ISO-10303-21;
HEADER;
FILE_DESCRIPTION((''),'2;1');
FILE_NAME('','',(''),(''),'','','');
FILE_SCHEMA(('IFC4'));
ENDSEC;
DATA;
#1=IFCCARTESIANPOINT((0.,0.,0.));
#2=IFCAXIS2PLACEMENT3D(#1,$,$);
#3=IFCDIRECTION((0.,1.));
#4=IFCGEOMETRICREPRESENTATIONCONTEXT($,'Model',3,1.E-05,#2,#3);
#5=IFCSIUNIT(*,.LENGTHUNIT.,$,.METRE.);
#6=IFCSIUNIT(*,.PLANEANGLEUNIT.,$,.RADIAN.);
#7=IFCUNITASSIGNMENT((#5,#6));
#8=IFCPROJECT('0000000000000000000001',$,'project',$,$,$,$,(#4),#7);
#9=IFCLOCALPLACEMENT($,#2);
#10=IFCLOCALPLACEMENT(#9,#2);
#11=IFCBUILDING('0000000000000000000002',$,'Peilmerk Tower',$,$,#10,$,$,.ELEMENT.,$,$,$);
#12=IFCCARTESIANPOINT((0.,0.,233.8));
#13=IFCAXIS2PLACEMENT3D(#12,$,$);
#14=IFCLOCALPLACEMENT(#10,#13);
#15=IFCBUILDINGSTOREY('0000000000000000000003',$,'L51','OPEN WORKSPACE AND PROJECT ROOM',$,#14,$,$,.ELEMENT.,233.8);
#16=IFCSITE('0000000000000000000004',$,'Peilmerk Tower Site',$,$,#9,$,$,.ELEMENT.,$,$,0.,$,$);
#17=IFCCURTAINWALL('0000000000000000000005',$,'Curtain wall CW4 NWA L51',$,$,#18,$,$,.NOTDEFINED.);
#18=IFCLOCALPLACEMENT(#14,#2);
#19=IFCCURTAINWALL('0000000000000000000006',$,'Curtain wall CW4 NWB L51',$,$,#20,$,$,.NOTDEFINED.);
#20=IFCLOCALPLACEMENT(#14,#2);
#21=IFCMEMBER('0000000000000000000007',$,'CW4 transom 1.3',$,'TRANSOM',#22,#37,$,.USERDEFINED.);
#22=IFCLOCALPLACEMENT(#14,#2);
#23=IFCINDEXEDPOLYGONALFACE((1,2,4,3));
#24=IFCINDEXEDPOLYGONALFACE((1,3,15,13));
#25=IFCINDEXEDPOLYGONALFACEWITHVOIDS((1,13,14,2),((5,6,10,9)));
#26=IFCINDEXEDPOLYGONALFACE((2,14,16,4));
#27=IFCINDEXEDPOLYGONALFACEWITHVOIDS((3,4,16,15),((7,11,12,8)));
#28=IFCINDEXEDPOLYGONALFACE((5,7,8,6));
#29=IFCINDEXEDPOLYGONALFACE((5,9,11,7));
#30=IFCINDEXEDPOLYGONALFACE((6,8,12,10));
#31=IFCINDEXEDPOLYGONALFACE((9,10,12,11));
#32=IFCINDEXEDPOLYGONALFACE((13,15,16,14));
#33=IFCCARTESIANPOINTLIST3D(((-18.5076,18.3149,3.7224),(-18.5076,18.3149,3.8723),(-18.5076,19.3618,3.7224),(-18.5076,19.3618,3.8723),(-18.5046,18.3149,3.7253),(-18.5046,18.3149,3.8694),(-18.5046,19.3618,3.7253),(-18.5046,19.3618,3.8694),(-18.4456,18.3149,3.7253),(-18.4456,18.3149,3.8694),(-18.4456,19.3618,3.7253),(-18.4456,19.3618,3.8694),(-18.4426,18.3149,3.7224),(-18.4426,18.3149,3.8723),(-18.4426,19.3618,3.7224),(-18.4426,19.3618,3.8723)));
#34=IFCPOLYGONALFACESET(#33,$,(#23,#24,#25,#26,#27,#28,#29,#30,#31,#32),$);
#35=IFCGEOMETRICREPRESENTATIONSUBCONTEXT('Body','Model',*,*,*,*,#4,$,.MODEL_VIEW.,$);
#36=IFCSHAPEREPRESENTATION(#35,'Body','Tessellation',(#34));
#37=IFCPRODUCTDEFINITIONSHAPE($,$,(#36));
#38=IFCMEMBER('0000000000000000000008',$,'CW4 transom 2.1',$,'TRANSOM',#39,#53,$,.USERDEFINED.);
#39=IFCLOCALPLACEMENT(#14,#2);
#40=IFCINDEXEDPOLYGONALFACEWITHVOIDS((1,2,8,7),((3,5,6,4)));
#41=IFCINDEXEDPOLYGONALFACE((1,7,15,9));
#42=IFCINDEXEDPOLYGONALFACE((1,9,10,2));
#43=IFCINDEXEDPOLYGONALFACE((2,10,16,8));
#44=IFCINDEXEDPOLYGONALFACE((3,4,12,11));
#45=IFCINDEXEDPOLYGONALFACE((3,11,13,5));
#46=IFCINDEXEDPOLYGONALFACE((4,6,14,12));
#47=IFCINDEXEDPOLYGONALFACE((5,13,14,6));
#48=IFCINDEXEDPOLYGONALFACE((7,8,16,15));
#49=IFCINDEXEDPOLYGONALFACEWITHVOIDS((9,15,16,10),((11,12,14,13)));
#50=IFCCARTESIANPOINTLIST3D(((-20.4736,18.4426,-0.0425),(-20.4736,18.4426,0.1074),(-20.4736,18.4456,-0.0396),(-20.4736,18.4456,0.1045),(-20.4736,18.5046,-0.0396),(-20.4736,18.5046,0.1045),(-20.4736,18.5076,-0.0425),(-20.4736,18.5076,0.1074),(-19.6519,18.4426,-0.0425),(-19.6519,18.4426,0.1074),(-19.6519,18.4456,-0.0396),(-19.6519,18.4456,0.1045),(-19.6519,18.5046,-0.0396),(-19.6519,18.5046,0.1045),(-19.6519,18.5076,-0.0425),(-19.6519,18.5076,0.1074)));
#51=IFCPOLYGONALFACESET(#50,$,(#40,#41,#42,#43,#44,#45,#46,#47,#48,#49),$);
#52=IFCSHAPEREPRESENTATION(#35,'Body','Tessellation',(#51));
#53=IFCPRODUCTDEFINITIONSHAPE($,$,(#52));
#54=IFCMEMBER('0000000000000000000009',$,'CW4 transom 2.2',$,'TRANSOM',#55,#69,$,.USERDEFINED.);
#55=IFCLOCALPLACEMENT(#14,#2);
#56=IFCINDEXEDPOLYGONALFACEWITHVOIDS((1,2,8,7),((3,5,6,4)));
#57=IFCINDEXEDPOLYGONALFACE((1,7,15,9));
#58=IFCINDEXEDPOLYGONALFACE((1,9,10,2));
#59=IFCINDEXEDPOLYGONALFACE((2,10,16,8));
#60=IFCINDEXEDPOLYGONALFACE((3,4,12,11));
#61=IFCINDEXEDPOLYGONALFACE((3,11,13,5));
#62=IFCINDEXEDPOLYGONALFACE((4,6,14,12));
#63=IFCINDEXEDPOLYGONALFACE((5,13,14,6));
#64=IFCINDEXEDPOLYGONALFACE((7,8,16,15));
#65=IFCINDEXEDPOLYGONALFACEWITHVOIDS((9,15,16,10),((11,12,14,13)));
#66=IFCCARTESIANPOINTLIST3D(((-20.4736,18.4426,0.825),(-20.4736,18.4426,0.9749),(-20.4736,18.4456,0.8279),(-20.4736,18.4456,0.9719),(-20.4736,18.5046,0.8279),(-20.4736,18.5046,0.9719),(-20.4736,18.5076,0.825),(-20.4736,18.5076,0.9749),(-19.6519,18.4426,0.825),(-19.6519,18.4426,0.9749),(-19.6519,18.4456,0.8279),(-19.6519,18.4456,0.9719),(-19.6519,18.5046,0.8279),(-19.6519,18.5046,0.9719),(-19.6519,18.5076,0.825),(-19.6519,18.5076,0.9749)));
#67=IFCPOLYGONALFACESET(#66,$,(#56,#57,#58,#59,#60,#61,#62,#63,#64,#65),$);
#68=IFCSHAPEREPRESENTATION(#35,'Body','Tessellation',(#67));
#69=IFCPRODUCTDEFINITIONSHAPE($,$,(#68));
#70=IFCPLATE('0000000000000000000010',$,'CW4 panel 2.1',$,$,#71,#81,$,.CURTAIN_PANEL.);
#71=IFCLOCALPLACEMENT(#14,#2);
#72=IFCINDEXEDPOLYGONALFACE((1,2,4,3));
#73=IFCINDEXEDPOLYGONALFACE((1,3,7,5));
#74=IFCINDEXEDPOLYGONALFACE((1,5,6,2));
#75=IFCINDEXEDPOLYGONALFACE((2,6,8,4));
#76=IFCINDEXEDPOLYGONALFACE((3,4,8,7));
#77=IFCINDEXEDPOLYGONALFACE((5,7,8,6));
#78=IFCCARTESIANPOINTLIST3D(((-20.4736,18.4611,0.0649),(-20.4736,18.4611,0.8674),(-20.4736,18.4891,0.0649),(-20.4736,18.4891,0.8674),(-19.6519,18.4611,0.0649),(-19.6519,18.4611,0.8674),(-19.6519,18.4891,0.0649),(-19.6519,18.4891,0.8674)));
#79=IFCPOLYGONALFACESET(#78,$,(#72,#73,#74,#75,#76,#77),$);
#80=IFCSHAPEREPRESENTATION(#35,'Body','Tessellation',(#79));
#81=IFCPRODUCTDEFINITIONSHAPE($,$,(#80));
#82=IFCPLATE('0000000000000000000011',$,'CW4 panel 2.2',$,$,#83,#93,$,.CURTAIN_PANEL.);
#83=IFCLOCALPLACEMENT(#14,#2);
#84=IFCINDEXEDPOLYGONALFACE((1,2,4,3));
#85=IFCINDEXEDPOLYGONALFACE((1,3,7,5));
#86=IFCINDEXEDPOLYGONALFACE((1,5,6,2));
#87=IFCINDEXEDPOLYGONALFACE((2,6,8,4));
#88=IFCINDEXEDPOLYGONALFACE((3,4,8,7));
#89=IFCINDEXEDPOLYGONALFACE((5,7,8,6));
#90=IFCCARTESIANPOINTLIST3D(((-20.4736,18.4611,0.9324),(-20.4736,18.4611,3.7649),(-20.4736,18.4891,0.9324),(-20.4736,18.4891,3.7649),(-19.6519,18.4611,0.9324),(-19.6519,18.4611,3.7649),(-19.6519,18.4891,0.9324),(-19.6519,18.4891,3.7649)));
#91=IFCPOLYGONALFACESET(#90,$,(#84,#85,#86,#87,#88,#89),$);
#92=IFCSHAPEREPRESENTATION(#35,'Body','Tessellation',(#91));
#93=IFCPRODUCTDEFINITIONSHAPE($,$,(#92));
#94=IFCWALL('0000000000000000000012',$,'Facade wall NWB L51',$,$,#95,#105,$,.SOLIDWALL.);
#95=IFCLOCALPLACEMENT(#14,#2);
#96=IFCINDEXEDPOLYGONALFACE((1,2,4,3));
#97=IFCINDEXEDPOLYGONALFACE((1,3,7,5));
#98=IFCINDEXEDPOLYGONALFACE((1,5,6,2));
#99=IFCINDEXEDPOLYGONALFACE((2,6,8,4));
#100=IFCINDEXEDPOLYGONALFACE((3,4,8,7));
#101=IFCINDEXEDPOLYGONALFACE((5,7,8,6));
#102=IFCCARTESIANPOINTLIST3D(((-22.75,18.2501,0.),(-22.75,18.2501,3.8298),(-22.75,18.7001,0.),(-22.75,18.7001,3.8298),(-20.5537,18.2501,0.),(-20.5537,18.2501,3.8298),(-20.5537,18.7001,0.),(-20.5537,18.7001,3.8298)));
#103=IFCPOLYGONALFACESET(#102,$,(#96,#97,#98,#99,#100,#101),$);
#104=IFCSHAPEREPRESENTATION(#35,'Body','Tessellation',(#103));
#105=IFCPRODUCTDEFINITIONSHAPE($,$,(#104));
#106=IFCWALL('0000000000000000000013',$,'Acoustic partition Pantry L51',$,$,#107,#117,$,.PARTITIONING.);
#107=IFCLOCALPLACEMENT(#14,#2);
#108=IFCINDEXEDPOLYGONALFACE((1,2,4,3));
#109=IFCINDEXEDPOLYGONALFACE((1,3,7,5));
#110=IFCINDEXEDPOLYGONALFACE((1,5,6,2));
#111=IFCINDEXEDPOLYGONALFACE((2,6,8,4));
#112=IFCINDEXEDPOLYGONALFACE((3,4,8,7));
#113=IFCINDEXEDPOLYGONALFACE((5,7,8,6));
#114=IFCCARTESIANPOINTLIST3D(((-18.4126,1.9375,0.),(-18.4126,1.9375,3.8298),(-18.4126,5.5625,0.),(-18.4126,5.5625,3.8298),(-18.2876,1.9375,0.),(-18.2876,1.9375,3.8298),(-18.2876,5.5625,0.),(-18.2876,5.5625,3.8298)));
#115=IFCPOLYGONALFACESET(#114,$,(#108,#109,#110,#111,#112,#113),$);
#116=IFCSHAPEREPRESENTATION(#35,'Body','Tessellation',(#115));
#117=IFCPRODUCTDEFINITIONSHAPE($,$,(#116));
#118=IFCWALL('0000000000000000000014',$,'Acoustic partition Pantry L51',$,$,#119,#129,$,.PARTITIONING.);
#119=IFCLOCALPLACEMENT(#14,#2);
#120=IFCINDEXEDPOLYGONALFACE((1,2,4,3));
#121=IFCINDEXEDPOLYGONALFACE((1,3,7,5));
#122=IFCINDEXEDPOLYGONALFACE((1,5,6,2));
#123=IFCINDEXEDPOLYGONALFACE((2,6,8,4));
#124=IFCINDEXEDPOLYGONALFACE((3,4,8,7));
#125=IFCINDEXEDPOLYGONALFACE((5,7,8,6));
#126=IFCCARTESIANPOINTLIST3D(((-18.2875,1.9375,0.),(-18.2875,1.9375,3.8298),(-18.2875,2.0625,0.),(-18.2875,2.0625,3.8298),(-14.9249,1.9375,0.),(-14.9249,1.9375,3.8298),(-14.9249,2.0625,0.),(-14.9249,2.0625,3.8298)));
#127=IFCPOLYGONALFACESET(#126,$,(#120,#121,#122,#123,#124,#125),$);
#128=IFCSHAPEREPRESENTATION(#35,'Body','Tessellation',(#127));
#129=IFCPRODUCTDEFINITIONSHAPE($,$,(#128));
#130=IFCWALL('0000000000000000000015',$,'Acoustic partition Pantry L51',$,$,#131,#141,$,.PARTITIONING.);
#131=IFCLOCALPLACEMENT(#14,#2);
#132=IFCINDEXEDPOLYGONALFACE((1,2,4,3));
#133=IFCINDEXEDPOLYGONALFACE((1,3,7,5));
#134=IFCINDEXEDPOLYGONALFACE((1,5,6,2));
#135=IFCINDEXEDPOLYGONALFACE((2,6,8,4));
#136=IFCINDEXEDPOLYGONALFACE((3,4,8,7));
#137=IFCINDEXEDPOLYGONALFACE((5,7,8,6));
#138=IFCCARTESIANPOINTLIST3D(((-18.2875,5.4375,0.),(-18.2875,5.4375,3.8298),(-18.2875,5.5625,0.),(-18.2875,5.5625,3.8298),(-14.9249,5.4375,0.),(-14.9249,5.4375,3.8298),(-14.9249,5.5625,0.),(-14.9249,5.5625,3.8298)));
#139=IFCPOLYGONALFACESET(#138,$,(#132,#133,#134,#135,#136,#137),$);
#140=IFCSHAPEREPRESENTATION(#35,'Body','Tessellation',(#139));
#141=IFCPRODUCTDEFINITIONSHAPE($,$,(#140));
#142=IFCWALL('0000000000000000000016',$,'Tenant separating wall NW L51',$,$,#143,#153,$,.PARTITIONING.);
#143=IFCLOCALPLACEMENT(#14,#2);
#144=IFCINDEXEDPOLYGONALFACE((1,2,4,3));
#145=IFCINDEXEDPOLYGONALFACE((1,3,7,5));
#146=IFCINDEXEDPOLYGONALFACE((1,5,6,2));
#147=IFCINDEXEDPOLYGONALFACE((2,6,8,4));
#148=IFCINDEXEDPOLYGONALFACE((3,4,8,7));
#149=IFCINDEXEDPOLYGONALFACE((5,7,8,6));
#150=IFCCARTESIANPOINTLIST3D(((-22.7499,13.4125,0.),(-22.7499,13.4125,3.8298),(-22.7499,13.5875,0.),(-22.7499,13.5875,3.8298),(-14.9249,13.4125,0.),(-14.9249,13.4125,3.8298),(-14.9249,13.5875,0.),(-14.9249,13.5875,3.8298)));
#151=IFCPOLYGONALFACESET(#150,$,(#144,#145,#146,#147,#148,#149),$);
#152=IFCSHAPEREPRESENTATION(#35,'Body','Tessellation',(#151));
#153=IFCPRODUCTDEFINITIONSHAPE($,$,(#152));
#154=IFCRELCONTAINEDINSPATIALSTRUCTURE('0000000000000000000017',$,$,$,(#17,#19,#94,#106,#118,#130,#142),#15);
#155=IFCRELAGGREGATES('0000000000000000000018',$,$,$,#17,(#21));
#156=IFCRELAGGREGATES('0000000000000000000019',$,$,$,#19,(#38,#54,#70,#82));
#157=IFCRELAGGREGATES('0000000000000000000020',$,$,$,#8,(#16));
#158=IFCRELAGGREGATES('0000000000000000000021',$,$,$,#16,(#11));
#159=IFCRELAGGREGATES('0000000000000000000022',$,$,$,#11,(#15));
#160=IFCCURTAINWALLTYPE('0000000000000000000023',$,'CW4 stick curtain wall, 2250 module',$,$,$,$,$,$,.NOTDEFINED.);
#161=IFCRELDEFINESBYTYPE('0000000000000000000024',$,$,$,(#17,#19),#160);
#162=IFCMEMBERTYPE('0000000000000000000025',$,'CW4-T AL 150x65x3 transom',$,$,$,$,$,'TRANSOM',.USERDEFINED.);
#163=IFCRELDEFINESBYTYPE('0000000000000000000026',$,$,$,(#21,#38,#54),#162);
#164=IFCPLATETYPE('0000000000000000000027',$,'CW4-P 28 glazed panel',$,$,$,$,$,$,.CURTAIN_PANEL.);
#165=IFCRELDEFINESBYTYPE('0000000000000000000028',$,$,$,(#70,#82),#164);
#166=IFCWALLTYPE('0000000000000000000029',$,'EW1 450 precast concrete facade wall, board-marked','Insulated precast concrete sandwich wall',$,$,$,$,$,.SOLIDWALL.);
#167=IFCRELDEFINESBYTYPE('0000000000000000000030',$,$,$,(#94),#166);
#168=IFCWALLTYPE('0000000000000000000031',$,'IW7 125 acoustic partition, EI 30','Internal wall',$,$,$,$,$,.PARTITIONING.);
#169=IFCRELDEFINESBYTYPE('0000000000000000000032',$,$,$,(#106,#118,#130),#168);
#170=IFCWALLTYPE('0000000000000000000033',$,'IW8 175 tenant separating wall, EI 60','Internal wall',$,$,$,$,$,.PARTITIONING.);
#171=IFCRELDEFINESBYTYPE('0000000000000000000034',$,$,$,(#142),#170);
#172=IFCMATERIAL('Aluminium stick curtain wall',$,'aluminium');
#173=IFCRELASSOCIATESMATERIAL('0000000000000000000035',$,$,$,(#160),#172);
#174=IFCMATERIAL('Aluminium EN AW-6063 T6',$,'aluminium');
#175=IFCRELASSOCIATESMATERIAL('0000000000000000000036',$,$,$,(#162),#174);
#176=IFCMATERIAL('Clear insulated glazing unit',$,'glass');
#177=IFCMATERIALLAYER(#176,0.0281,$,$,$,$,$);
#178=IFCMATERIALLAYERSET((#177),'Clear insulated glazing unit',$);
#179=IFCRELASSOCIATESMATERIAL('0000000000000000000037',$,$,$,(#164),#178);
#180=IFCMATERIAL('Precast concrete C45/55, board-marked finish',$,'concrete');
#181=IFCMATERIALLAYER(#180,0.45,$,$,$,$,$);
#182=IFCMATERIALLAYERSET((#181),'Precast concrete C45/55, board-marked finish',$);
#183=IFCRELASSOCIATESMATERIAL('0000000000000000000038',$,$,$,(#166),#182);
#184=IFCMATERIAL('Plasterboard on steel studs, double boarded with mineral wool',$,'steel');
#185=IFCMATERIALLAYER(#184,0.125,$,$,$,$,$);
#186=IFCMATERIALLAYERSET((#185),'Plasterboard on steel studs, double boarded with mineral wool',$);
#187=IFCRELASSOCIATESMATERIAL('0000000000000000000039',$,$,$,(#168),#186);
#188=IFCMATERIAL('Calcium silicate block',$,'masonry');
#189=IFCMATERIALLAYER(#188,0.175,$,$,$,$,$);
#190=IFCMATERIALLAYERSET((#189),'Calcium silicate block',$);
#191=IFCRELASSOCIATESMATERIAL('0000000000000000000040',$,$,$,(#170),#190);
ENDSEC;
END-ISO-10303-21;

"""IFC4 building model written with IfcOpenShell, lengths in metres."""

from ifc_helpers import new_model, si_unit, direction, frame, frame_2d, origin, origin_2d, place, context, subcontext, project, spatial, rectangle, hollow_rectangle, extrude, material, layer, layer_set, material_profile, profile_set, type_object, element, aggregate, save


model = new_model("IFC4")

# Units and contexts
model_context = context("Model", 3, precision=1e-05, world=origin(), true_north=direction((0.0, 1.0)))
body_context = subcontext(model_context, "Body", "Model", "MODEL_VIEW")
ifc_project = project(units=[si_unit("LENGTHUNIT", "METRE"), si_unit("PLANEANGLEUNIT", "RADIAN")], contexts=[model_context])

# Site, building, storey
site_placement = place(None, origin())
site = spatial("IfcSite", under=ifc_project, at=site_placement, Name="Peilmerk Tower Site", CompositionType="ELEMENT", RefElevation=0.0)
building_placement = place(site_placement, origin())
building = spatial("IfcBuilding", under=site, at=building_placement, Name="Peilmerk Tower", CompositionType="ELEMENT")
storey_placement = place(building_placement, frame((0.0, 0.0, 233.8)))
storey = spatial("IfcBuildingStorey", under=building, at=storey_placement, Name="L51", Description="OPEN WORKSPACE AND PROJECT ROOM", CompositionType="ELEMENT", Elevation=233.8)

# Curtain walls
ifc_material_1 = material(Name="Aluminium stick curtain wall", Category="aluminium")
curtain_wall_type = type_object("IfcCurtainWallType", Name="CW4 stick curtain wall, 2250 module", PredefinedType="NOTDEFINED", material=ifc_material_1)
curtain_wall_1_placement = place(storey_placement, origin())
curtain_wall_1 = element("IfcCurtainWall", 1, at=curtain_wall_1_placement, inside=storey, type_object=curtain_wall_type, Name="Curtain wall CW4 NWA L51", PredefinedType="NOTDEFINED")
ifc_material_2 = material(Name="Aluminium EN AW-6063 T6", Category="aluminium")
curtain_wall_2_placement = place(storey_placement, origin())
curtain_wall_2 = element("IfcCurtainWall", 2, at=curtain_wall_2_placement, inside=storey, type_object=curtain_wall_type, Name="Curtain wall CW4 NWB L51", PredefinedType="NOTDEFINED")

# Members
ifc_material_profile_1 = material_profile(ifc_material_2, hollow_rectangle(XDim=0.0649, YDim=0.1499, WallThickness=0.0029, at=origin_2d()), Name="AL 150x65x3")
ifc_profile_set_1 = profile_set([ifc_material_profile_1], Name="Aluminium EN AW-6063 T6")
member_type_1 = type_object("IfcMemberType", Name="CW4-T AL 150x65x3 transom", ElementType="TRANSOM", PredefinedType="USERDEFINED", material=ifc_profile_set_1)
member_1_placement = place(storey_placement, frame((-18.4751, 18.3149, 3.7974), z_axis=(0.0, 1.0, 0.0), x_axis=(-1.0, 0.0, 0.0)))
member_1 = element("IfcMember", 3, at=member_1_placement, type_object=member_type_1, Name="CW4 transom 1.3", ObjectType="TRANSOM", PredefinedType="USERDEFINED", context=body_context, shape_type="SweptSolid", body=[
    extrude(hollow_rectangle(XDim=0.0649, YDim=0.1499, WallThickness=0.0029, at=origin_2d()), origin(), (0.0, 0.0, 1.0), 1.0469),
])
aggregate(curtain_wall_1, [member_1])
member_2_placement = place(storey_placement, frame((-19.6519, 18.4751, 0.0325), z_axis=(-1.0, 0.0, 0.0), x_axis=(0.0, -1.0, 0.0)))
member_2 = element("IfcMember", 4, at=member_2_placement, type_object=member_type_1, Name="CW4 transom 2.1", ObjectType="TRANSOM", PredefinedType="USERDEFINED", context=body_context, shape_type="SweptSolid", body=[
    extrude(hollow_rectangle(XDim=0.0649, YDim=0.1499, WallThickness=0.0029, at=origin_2d()), origin(), (0.0, 0.0, 1.0), 0.8218),
])
member_3_placement = place(storey_placement, frame((-19.6519, 18.4751, 0.8999), z_axis=(-1.0, 0.0, 0.0), x_axis=(0.0, -1.0, 0.0)))
member_3 = element("IfcMember", 5, at=member_3_placement, type_object=member_type_1, Name="CW4 transom 2.2", ObjectType="TRANSOM", PredefinedType="USERDEFINED", context=body_context, shape_type="SweptSolid", body=[
    extrude(hollow_rectangle(XDim=0.0649, YDim=0.1499, WallThickness=0.0029, at=origin_2d()), origin(), (0.0, 0.0, 1.0), 0.8218),
])

# Plates
ifc_material_3 = material(Name="Clear insulated glazing unit", Category="glass")
ifc_layer_1 = layer(ifc_material_3, 0.0281)
ifc_layer_set_1 = layer_set([ifc_layer_1], Name="Clear insulated glazing unit")
plate_type = type_object("IfcPlateType", Name="CW4-P 28 glazed panel", PredefinedType="CURTAIN_PANEL", material=ifc_layer_set_1)
plate_1_placement = place(storey_placement, frame((-20.0627, 18.4751, 0.0649), z_axis=(0.0, 0.0, 1.0), x_axis=(-1.0, 0.0, 0.0)))
plate_1 = element("IfcPlate", 6, at=plate_1_placement, type_object=plate_type, Name="CW4 panel 2.1", PredefinedType="CURTAIN_PANEL", context=body_context, shape_type="SweptSolid", body=[
    extrude(rectangle(XDim=0.8218, YDim=0.0281, at=origin_2d()), origin(), (0.0, 0.0, 1.0), 0.8025),
])
plate_2_placement = place(storey_placement, frame((-20.0627, 18.4751, 0.9324), z_axis=(0.0, 0.0, 1.0), x_axis=(-1.0, 0.0, 0.0)))
plate_2 = element("IfcPlate", 7, at=plate_2_placement, type_object=plate_type, Name="CW4 panel 2.2", PredefinedType="CURTAIN_PANEL", context=body_context, shape_type="SweptSolid", body=[
    extrude(rectangle(XDim=0.8218, YDim=0.0281, at=origin_2d()), origin(), (0.0, 0.0, 1.0), 2.8325),
])
aggregate(curtain_wall_2, [member_2, member_3, plate_1, plate_2])

# Walls
ifc_material_4 = material(Name="Precast concrete C45/55, board-marked finish", Category="concrete")
ifc_layer_2 = layer(ifc_material_4, 0.45)
ifc_layer_set_2 = layer_set([ifc_layer_2], Name="Precast concrete C45/55, board-marked finish")
wall_type_1 = type_object("IfcWallType", Name="EW1 450 precast concrete facade wall, board-marked", Description="Insulated precast concrete sandwich wall", PredefinedType="SOLIDWALL", material=ifc_layer_set_2)
wall_1_placement = place(storey_placement, frame((-20.5537, 18.4751, 0.0), z_axis=(0.0, 0.0, 1.0), x_axis=(-1.0, 0.0, 0.0)))
element("IfcWall", 8, at=wall_1_placement, inside=storey, type_object=wall_type_1, Name="Facade wall NWB L51", PredefinedType="SOLIDWALL", context=body_context, shape_type="SweptSolid", body=[
    extrude(rectangle(XDim=2.1963, YDim=0.45, at=frame_2d((1.0981, 0.0))), origin(), (0.0, 0.0, 1.0), 3.8298),
])
ifc_material_5 = material(Name="Plasterboard on steel studs, double boarded with mineral wool", Category="steel")
ifc_layer_3 = layer(ifc_material_5, 0.125)
ifc_layer_set_3 = layer_set([ifc_layer_3], Name="Plasterboard on steel studs, double boarded with mineral wool")
wall_type_2 = type_object("IfcWallType", Name="IW7 125 acoustic partition, EI 30", Description="Internal wall", PredefinedType="PARTITIONING", material=ifc_layer_set_3)
wall_2_placement = place(storey_placement, frame((-18.3501, 1.9375, 0.0), z_axis=(0.0, 0.0, 1.0), x_axis=(0.0, 1.0, 0.0)))
element("IfcWall", 9, at=wall_2_placement, inside=storey, type_object=wall_type_2, Name="Acoustic partition Pantry L51", PredefinedType="PARTITIONING", context=body_context, shape_type="SweptSolid", body=[
    extrude(rectangle(XDim=3.625, YDim=0.125, at=frame_2d((1.8125, 0.0))), origin(), (0.0, 0.0, 1.0), 3.8298),
])
for number, where, z_axis, x_axis, name in (
    (10, (-14.925, 2.0, 0.0), (0.0, 0.0, 1.0), (-1.0, 0.0, 0.0), "Acoustic partition Pantry L51"),
    (11, (-14.925, 5.5, 0.0), (0.0, 0.0, 1.0), (-1.0, 0.0, 0.0), "Acoustic partition Pantry L51"),
):
    element("IfcWall", number, at=place(storey_placement, frame(where, z_axis=z_axis, x_axis=x_axis)), inside=storey, type_object=wall_type_2, Name=name, PredefinedType="PARTITIONING", context=body_context, shape_type="SweptSolid", body=[
        extrude(rectangle(XDim=3.3625, YDim=0.125, at=frame_2d((1.6812, 0.0))), origin(), (0.0, 0.0, 1.0), 3.8298),
    ])
ifc_material_6 = material(Name="Calcium silicate block", Category="masonry")
ifc_layer_4 = layer(ifc_material_6, 0.175)
ifc_layer_set_4 = layer_set([ifc_layer_4], Name="Calcium silicate block")
wall_type_3 = type_object("IfcWallType", Name="IW8 175 tenant separating wall, EI 60", Description="Internal wall", PredefinedType="PARTITIONING", material=ifc_layer_set_4)
wall_3_placement = place(storey_placement, frame((-22.75, 13.5, 0.0), z_axis=(0.0, 0.0, 1.0), x_axis=(1.0, 0.0, 0.0)))
element("IfcWall", 12, at=wall_3_placement, inside=storey, type_object=wall_type_3, Name="Tenant separating wall NW L51", PredefinedType="PARTITIONING", context=body_context, shape_type="SweptSolid", body=[
    extrude(rectangle(XDim=7.825, YDim=0.175, at=frame_2d((3.9126, 0.0))), origin(), (0.0, 0.0, 1.0), 3.8298),
])

save(model, "model.ifc")
